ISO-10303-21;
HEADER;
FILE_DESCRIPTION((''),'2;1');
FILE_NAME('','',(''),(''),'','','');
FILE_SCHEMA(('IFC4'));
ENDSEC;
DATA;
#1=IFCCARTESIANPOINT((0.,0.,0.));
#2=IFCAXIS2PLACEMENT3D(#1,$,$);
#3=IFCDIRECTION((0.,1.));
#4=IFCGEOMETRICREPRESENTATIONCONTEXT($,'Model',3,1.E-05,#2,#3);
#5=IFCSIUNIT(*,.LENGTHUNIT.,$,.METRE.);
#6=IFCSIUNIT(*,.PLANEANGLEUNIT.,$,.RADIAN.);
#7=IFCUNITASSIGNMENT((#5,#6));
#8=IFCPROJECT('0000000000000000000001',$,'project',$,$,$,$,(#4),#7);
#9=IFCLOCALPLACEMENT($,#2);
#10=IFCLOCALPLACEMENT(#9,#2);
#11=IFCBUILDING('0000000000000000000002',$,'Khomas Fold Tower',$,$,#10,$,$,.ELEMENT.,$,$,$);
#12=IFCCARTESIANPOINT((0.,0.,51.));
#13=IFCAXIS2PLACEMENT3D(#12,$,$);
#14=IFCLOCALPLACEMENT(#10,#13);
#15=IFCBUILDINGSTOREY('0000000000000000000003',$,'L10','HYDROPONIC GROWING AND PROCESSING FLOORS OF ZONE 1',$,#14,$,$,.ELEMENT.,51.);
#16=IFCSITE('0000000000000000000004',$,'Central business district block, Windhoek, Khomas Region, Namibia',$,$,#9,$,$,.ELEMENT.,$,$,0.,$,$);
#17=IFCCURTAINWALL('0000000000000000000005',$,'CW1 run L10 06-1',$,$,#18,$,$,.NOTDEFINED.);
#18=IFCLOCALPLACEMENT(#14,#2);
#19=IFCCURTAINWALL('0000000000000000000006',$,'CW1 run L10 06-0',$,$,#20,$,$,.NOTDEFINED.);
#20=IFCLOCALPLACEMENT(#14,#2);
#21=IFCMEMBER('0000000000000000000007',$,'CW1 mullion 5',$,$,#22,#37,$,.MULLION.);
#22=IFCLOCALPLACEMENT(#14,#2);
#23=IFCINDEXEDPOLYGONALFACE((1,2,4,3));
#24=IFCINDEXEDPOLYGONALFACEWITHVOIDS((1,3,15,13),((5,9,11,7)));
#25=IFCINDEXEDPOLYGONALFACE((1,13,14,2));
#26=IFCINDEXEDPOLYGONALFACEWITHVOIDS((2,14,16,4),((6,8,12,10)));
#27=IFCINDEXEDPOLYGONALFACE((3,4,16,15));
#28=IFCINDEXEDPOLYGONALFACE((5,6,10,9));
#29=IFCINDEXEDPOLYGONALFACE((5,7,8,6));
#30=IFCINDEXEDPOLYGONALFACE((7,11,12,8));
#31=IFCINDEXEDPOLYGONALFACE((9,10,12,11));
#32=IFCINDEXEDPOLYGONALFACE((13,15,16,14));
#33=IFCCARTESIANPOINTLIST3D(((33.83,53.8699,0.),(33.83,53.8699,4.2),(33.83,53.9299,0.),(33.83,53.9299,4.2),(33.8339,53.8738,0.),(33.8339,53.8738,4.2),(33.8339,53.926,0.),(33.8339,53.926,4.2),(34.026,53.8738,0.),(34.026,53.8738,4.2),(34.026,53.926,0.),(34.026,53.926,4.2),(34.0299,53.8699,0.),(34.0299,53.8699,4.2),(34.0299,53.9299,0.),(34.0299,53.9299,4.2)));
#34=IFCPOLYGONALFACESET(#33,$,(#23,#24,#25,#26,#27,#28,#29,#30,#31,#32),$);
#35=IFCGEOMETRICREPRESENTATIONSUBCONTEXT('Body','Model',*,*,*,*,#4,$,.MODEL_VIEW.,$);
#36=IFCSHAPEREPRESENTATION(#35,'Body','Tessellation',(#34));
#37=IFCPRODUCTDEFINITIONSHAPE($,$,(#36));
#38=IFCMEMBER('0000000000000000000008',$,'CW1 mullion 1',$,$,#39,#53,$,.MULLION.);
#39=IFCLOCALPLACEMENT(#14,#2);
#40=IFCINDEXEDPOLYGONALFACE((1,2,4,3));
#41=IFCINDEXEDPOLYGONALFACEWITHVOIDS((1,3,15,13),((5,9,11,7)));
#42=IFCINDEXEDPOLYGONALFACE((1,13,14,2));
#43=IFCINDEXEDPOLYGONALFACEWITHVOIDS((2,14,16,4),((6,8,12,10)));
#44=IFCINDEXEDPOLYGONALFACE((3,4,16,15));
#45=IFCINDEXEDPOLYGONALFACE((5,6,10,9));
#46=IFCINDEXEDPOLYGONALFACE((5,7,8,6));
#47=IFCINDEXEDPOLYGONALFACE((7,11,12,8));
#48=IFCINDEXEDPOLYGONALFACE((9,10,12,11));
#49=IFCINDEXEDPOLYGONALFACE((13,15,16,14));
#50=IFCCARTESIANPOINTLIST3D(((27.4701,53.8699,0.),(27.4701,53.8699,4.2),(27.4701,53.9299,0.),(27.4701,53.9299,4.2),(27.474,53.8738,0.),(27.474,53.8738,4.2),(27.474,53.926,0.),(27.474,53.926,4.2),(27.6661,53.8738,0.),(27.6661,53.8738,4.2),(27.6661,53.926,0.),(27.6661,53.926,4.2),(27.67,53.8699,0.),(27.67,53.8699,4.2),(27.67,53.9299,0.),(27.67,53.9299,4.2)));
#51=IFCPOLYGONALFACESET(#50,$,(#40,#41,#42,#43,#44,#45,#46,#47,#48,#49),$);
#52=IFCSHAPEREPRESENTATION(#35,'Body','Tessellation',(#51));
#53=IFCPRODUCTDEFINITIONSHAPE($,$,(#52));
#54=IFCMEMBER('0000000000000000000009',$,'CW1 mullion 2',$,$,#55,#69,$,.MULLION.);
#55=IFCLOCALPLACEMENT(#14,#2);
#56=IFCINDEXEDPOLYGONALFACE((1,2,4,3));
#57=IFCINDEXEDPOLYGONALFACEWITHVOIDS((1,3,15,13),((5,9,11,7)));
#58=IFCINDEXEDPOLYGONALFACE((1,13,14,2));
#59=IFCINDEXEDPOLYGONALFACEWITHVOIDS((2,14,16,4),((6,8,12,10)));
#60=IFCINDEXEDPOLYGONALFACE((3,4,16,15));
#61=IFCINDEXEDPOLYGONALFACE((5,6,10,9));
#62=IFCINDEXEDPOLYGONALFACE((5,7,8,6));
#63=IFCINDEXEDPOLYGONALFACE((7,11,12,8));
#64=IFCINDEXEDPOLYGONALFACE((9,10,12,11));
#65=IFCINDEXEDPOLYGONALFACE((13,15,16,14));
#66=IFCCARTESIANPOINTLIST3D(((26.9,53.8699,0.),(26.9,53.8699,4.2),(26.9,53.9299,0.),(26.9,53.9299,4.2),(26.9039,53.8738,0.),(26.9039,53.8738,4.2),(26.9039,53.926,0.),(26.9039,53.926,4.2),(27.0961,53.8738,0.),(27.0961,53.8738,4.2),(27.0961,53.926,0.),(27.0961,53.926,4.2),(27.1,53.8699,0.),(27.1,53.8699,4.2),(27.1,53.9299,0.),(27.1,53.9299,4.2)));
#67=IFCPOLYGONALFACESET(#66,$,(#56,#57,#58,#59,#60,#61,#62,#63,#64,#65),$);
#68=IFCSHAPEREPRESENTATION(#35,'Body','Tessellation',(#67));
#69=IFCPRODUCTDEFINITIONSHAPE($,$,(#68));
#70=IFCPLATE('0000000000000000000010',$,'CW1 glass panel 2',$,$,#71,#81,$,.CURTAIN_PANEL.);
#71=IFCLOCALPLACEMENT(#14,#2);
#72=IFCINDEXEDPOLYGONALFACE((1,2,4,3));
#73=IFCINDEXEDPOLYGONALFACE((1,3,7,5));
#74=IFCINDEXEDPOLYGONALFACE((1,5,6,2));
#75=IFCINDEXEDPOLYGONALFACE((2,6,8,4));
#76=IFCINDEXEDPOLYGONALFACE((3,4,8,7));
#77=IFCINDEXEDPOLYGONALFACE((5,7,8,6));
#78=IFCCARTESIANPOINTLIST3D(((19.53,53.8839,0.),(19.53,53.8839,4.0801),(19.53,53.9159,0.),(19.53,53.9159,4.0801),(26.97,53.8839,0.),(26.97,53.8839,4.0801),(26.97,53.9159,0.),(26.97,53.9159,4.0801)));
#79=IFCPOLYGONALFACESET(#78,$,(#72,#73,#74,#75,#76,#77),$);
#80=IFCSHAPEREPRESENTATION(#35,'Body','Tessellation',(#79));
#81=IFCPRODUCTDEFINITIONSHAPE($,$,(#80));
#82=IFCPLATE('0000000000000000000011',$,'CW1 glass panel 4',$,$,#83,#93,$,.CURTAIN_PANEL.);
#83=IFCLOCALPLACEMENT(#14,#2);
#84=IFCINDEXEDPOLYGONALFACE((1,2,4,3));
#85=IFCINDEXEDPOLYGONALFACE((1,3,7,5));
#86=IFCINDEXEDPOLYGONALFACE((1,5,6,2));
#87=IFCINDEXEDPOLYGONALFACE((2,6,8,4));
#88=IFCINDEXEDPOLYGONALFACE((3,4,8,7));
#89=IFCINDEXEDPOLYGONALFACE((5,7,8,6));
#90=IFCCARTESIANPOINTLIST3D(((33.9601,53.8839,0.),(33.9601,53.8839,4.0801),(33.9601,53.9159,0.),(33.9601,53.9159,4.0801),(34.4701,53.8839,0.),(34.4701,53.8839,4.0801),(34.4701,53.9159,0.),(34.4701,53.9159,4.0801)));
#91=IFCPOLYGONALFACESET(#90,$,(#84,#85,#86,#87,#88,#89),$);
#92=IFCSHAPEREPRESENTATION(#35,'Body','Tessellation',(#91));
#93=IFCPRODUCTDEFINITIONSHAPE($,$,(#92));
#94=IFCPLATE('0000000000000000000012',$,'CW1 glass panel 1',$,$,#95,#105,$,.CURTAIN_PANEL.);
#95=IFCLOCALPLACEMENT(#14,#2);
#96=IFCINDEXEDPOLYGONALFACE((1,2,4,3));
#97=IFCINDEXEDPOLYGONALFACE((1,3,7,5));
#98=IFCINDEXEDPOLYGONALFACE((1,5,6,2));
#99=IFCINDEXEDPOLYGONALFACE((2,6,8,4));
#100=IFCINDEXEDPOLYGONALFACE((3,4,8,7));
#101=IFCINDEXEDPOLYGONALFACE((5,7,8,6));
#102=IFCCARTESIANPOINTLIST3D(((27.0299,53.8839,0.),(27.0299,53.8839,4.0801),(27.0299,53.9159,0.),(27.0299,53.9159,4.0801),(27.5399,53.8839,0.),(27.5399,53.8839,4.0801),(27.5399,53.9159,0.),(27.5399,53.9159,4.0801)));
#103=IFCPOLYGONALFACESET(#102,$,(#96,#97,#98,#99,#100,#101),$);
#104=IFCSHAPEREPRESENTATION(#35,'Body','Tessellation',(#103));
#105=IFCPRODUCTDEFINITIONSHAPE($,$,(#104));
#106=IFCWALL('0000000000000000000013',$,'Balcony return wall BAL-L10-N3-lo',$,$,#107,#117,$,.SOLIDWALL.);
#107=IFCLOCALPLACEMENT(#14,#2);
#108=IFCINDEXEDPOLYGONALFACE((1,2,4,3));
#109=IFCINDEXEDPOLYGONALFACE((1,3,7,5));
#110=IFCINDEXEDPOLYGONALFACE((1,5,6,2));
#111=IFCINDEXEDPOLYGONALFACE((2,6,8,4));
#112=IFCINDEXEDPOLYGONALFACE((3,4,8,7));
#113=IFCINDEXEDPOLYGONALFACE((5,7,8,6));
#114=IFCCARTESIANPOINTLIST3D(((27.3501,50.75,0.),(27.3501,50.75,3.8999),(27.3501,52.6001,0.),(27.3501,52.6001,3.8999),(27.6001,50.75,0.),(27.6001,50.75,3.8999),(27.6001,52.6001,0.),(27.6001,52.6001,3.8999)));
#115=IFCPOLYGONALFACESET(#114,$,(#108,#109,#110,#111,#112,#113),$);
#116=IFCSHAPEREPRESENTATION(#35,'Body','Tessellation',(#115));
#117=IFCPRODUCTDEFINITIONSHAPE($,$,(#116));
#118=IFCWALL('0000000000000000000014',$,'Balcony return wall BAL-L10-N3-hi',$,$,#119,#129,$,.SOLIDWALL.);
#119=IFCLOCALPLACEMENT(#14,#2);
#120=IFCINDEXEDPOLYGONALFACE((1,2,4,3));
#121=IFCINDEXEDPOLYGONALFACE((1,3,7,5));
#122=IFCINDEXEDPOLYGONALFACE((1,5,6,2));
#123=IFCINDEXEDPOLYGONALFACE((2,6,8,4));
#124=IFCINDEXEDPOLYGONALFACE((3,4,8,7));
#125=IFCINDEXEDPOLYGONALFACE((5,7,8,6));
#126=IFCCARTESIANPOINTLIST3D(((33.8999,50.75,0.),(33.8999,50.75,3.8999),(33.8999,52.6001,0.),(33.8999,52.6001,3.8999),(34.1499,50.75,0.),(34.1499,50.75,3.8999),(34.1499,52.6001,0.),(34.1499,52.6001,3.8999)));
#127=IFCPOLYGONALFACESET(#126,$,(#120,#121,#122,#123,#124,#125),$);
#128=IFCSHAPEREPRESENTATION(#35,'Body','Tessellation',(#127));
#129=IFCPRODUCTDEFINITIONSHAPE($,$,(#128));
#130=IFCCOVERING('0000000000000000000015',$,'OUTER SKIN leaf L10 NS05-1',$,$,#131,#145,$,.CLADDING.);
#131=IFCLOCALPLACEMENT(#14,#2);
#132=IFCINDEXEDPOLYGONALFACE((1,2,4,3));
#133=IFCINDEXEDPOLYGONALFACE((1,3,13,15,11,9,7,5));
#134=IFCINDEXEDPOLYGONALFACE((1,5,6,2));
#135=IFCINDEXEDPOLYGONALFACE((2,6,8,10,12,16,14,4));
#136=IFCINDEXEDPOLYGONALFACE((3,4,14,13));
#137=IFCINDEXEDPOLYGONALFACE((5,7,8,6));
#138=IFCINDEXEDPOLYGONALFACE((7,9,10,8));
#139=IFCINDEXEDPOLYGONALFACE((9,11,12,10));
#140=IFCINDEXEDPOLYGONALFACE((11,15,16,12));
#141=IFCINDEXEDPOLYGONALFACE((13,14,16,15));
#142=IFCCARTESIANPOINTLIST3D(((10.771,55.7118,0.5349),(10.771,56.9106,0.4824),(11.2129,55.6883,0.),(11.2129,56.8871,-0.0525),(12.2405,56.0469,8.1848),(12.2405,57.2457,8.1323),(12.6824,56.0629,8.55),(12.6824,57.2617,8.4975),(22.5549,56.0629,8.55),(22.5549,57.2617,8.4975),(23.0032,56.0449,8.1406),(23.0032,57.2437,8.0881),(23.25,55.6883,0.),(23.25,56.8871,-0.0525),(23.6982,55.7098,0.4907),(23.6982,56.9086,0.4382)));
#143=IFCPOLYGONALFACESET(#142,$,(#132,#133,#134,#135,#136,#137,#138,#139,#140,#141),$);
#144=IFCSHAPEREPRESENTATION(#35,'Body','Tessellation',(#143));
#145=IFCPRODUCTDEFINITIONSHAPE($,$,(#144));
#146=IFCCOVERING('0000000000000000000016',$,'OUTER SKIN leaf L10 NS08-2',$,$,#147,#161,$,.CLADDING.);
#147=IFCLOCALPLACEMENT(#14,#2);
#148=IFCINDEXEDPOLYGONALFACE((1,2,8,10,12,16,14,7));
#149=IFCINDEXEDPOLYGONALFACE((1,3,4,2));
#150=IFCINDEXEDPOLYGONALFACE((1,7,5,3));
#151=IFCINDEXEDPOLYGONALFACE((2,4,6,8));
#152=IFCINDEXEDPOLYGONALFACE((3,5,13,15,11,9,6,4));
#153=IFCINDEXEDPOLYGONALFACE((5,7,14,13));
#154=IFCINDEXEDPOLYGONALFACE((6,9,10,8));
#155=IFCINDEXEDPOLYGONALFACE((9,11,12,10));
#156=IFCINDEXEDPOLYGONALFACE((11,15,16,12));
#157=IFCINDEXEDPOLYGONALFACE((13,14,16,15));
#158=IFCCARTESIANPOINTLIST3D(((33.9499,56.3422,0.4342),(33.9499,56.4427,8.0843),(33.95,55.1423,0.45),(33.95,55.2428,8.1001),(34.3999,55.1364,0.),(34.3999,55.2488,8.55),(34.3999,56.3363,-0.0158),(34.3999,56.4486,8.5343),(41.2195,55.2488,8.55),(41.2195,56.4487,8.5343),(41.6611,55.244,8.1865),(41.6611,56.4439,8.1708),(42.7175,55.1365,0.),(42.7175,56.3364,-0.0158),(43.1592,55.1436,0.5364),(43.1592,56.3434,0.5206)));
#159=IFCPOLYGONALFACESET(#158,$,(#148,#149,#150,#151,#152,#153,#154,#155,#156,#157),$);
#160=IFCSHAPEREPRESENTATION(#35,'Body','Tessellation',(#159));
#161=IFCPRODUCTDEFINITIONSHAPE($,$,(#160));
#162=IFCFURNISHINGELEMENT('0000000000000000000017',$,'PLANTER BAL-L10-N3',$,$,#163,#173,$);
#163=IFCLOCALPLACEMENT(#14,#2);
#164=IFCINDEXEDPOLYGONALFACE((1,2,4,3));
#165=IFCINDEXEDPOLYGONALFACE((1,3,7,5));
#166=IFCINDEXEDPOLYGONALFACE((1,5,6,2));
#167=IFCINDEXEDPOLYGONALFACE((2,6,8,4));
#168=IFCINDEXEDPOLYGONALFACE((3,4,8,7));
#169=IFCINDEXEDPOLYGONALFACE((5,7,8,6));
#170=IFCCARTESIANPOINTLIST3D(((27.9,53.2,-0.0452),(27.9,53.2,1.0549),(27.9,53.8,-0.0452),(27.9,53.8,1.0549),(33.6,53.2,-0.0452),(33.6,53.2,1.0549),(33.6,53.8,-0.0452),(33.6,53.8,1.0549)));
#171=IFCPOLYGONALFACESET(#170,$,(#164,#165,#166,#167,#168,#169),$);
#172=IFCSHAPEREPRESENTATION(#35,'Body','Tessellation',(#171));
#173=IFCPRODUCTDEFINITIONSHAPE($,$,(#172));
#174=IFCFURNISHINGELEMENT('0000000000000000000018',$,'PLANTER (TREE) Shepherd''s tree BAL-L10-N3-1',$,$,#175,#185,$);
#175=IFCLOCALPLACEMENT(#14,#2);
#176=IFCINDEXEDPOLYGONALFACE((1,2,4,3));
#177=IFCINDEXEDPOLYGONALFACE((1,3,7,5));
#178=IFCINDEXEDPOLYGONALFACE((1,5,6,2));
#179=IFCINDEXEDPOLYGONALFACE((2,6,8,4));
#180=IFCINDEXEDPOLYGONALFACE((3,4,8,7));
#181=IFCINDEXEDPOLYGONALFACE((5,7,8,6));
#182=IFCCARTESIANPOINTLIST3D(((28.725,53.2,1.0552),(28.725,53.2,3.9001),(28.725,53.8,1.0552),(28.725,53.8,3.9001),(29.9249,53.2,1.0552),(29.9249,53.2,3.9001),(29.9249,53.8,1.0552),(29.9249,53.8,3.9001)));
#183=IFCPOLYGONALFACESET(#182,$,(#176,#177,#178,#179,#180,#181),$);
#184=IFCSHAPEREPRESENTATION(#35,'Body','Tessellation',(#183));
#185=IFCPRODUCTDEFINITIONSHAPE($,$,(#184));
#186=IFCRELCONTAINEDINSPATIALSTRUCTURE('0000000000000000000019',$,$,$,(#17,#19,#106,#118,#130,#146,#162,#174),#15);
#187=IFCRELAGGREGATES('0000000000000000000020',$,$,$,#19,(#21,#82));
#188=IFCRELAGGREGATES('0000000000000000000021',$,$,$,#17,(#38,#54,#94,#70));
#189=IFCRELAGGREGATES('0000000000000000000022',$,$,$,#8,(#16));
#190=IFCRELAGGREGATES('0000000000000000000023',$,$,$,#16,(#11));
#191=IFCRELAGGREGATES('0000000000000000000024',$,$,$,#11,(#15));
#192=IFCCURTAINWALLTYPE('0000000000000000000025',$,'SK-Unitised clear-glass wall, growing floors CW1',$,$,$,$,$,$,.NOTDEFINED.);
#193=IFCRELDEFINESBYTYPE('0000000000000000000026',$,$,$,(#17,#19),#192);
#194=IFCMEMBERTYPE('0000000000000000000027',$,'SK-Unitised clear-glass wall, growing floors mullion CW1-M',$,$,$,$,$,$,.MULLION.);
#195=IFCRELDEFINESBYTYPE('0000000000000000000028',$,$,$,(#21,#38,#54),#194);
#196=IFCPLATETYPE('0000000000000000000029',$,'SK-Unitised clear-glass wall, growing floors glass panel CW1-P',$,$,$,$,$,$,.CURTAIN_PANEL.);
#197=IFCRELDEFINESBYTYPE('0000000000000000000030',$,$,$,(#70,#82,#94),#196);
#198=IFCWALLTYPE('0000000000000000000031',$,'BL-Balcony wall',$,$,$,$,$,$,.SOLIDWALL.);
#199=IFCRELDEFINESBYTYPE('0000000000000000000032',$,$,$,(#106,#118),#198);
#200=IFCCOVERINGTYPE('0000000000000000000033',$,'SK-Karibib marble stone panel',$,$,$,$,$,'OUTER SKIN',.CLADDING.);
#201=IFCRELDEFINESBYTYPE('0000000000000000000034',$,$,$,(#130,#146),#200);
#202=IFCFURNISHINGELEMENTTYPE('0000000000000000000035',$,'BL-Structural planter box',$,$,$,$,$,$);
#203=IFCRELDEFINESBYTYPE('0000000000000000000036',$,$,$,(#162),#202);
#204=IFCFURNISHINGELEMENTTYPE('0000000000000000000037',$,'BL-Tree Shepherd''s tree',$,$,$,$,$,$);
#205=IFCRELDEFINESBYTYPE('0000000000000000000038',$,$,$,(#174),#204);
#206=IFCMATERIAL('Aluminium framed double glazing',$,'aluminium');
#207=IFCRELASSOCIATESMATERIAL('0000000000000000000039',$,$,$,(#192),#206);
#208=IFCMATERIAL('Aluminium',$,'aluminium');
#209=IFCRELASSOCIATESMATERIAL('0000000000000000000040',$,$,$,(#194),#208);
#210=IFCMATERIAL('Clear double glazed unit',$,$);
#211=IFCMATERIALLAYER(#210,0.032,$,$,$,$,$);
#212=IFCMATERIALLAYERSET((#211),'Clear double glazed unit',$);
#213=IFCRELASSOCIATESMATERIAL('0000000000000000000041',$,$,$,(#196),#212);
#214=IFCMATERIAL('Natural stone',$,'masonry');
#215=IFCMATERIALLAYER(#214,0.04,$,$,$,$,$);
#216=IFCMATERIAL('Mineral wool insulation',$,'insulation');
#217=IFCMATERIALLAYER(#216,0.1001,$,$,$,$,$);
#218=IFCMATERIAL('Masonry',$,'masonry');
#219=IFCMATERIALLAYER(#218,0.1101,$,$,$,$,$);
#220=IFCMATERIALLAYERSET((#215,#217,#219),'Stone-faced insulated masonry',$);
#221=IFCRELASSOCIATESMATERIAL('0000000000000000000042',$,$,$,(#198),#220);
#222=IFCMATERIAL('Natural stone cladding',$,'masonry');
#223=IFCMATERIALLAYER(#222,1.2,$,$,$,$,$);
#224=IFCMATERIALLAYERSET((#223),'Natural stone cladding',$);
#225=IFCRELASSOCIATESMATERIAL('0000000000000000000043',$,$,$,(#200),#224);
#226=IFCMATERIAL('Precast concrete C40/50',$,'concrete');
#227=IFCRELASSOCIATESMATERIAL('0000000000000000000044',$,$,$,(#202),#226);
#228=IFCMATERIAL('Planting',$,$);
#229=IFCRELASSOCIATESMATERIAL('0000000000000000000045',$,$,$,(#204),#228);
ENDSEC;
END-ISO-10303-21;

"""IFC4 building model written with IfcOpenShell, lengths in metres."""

from ifc_helpers import new_model, si_unit, direction, frame, frame_2d, origin, origin_2d, place, context, subcontext, project, spatial, polyline, rectangle, hollow_rectangle, outline, extrude, source, transform, mapped, material, layer, layer_set, material_profile, profile_set, type_object, element, aggregate, save


model = new_model("IFC4")

# Units and contexts
model_context = context("Model", 3, precision=1e-05, world=origin(), true_north=direction((0.0, 1.0)))
body_context = subcontext(model_context, "Body", "Model", "MODEL_VIEW")
ifc_project = project(units=[si_unit("LENGTHUNIT", "METRE"), si_unit("PLANEANGLEUNIT", "RADIAN")], contexts=[model_context])

# Site, building, storey
site_placement = place(None, origin())
site = spatial("IfcSite", under=ifc_project, at=site_placement, Name="Central business district block, Windhoek, Khomas Region, Namibia", CompositionType="ELEMENT", RefElevation=0.0)
building_placement = place(site_placement, origin())
building = spatial("IfcBuilding", under=site, at=building_placement, Name="Khomas Fold Tower", CompositionType="ELEMENT")
storey_placement = place(building_placement, frame((0.0, 0.0, 51.0)))
storey = spatial("IfcBuildingStorey", under=building, at=storey_placement, Name="L10", Description="HYDROPONIC GROWING AND PROCESSING FLOORS OF ZONE 1", CompositionType="ELEMENT", Elevation=51.0)

# Curtain walls
ifc_material_1 = material(Name="Aluminium framed double glazing", Category="aluminium")
curtain_wall_type = type_object("IfcCurtainWallType", Name="SK-Unitised clear-glass wall, growing floors CW1", PredefinedType="NOTDEFINED", material=ifc_material_1)
curtain_wall_1_placement = place(storey_placement, origin())
curtain_wall_1 = element("IfcCurtainWall", 1, at=curtain_wall_1_placement, inside=storey, type_object=curtain_wall_type, Name="CW1 run L10 06-1", PredefinedType="NOTDEFINED")
curtain_wall_2_placement = place(storey_placement, origin())
curtain_wall_2 = element("IfcCurtainWall", 2, at=curtain_wall_2_placement, inside=storey, type_object=curtain_wall_type, Name="CW1 run L10 06-0", PredefinedType="NOTDEFINED")

# Members
ifc_material_2 = material(Name="Aluminium", Category="aluminium")
ifc_material_profile_1 = material_profile(ifc_material_2, hollow_rectangle(XDim=0.0601, YDim=0.2, WallThickness=0.0039, at=origin_2d()), Name="SK-Unitised clear-glass wall, growing floors mullion CW1-M")
ifc_profile_set_1 = profile_set([ifc_material_profile_1], Name="Aluminium")
member_type_1 = type_object("IfcMemberType", Name="SK-Unitised clear-glass wall, growing floors mullion CW1-M", PredefinedType="MULLION", material=ifc_profile_set_1)
shared_shape_1 = source(origin(), body_context, "Body", "SweptSolid", [
    extrude(hollow_rectangle(XDim=0.0601, YDim=0.2, WallThickness=0.0039, at=origin_2d()), origin(), (0.0, 0.0, 1.0), 4.2),
])
member_1_placement = place(storey_placement, frame((33.9299, 53.8999, 0.0), z_axis=(0.0, 0.0, 1.0), x_axis=(0.0, -1.0, 0.0)))
member_1 = element("IfcMember", 3, at=member_1_placement, type_object=member_type_1, Name="CW1 mullion 5", PredefinedType="MULLION", context=body_context, shape_type="MappedRepresentation", body=[
    mapped(shared_shape_1, transform((0.0, 0.0, 0.0))),
])
member_2_placement = place(storey_placement, frame((27.5701, 53.8999, 0.0), z_axis=(0.0, 0.0, 1.0), x_axis=(0.0, -1.0, 0.0)))
member_2 = element("IfcMember", 4, at=member_2_placement, type_object=member_type_1, Name="CW1 mullion 1", PredefinedType="MULLION", context=body_context, shape_type="MappedRepresentation", body=[
    mapped(shared_shape_1, transform((0.0, 0.0, 0.0))),
])
member_3_placement = place(storey_placement, frame((27.0, 53.8999, 0.0), z_axis=(0.0, 0.0, 1.0), x_axis=(0.0, -1.0, 0.0)))
member_3 = element("IfcMember", 5, at=member_3_placement, type_object=member_type_1, Name="CW1 mullion 2", PredefinedType="MULLION", context=body_context, shape_type="MappedRepresentation", body=[
    mapped(shared_shape_1, transform((0.0, 0.0, 0.0))),
])

# Plates
ifc_material_3 = material(Name="Clear double glazed unit")
ifc_layer_1 = layer(ifc_material_3, 0.032)
ifc_layer_set_1 = layer_set([ifc_layer_1], Name="Clear double glazed unit")
plate_type = type_object("IfcPlateType", Name="SK-Unitised clear-glass wall, growing floors glass panel CW1-P", PredefinedType="CURTAIN_PANEL", material=ifc_layer_set_1)
shared_shape_2 = source(origin(), body_context, "Body", "SweptSolid", [
    extrude(rectangle(XDim=7.4399, YDim=0.032, at=origin_2d()), origin(), (0.0, 0.0, 1.0), 4.0801),
])
plate_1_placement = place(storey_placement, frame((23.25, 53.8999, 0.0), z_axis=(0.0, 0.0, 1.0), x_axis=(-1.0, 0.0, 0.0)))
plate_1 = element("IfcPlate", 6, at=plate_1_placement, type_object=plate_type, Name="CW1 glass panel 2", PredefinedType="CURTAIN_PANEL", context=body_context, shape_type="MappedRepresentation", body=[
    mapped(shared_shape_2, transform((0.0, 0.0, 0.0))),
])
shared_shape_3 = source(origin(), body_context, "Body", "SweptSolid", [
    extrude(rectangle(XDim=0.51, YDim=0.032, at=origin_2d()), origin(), (0.0, 0.0, 1.0), 4.0801),
])
plate_2_placement = place(storey_placement, frame((34.2151, 53.8999, 0.0), z_axis=(0.0, 0.0, 1.0), x_axis=(-1.0, 0.0, 0.0)))
plate_2 = element("IfcPlate", 7, at=plate_2_placement, type_object=plate_type, Name="CW1 glass panel 4", PredefinedType="CURTAIN_PANEL", context=body_context, shape_type="MappedRepresentation", body=[
    mapped(shared_shape_3, transform((0.0, 0.0, 0.0))),
])
aggregate(curtain_wall_2, [member_1, plate_2])
plate_3_placement = place(storey_placement, frame((27.2849, 53.8999, 0.0), z_axis=(0.0, 0.0, 1.0), x_axis=(-1.0, 0.0, 0.0)))
plate_3 = element("IfcPlate", 8, at=plate_3_placement, type_object=plate_type, Name="CW1 glass panel 1", PredefinedType="CURTAIN_PANEL", context=body_context, shape_type="MappedRepresentation", body=[
    mapped(shared_shape_3, transform((0.0, 0.0, 0.0))),
])
aggregate(curtain_wall_1, [member_2, member_3, plate_3, plate_1])

# Walls
ifc_material_4 = material(Name="Natural stone", Category="masonry")
ifc_layer_2 = layer(ifc_material_4, 0.04)
ifc_material_5 = material(Name="Mineral wool insulation", Category="insulation")
ifc_layer_3 = layer(ifc_material_5, 0.1001)
ifc_material_6 = material(Name="Masonry", Category="masonry")
ifc_layer_4 = layer(ifc_material_6, 0.1101)
ifc_layer_set_2 = layer_set([ifc_layer_2, ifc_layer_3, ifc_layer_4], Name="Stone-faced insulated masonry")
wall_type = type_object("IfcWallType", Name="BL-Balcony wall", PredefinedType="SOLIDWALL", material=ifc_layer_set_2)
shared_shape_4 = source(origin(), body_context, "Body", "SweptSolid", [
    extrude(rectangle(XDim=1.8501, YDim=0.25, at=frame_2d((0.925, 0.0))), origin(), (0.0, 0.0, 1.0), 3.8999),
])
for number, where, z_axis, x_axis, name in (
    (9, (27.4751, 52.6001, 0.0), (0.0, 0.0, 1.0), (0.0, -1.0, 0.0), "Balcony return wall BAL-L10-N3-lo"),
    (10, (34.0249, 52.6001, 0.0), (0.0, 0.0, 1.0), (0.0, -1.0, 0.0), "Balcony return wall BAL-L10-N3-hi"),
):
    element("IfcWall", number, at=place(storey_placement, frame(where, z_axis=z_axis, x_axis=x_axis)), inside=storey, type_object=wall_type, Name=name, PredefinedType="SOLIDWALL", context=body_context, shape_type="MappedRepresentation", body=[
        mapped(shared_shape_4, transform((0.0, 0.0, 0.0))),
    ])

# Coverings
ifc_material_7 = material(Name="Natural stone cladding", Category="masonry")
ifc_layer_5 = layer(ifc_material_7, 1.2)
ifc_layer_set_3 = layer_set([ifc_layer_5], Name="Natural stone cladding")
covering_type = type_object("IfcCoveringType", Name="SK-Karibib marble stone panel", ElementType="OUTER SKIN", PredefinedType="CLADDING", material=ifc_layer_set_3)
covering_1_placement = place(storey_placement, frame((23.0032, 56.0449, 8.1406), z_axis=(-0.000001, -0.999042, 0.043762), x_axis=(0.090401, -0.043583, -0.994951)))
element("IfcCovering", 11, at=covering_1_placement, inside=storey, type_object=covering_type, Name="OUTER SKIN leaf L10 NS05-1", PredefinedType="CLADDING", context=body_context, shape_type="SweptSolid", body=[
    extrude(outline(polyline([(0.0, 0.0), (7.6887, 0.0), (8.1374, -0.4908), (7.0492, -12.4786), (6.476, -12.8703), (-1.017, -10.7146), (-1.3411, -10.2415), (-0.4487, -0.4094), (0.0, 0.0)])), origin(), (0.0, 0.0, -1.0), 1.2),
])
covering_2_placement = place(storey_placement, frame((33.95, 55.1423, 0.45), z_axis=(0.00001, -0.999914, 0.013136), x_axis=(0.0, 0.013136, 0.999914)))
element("IfcCovering", 12, at=covering_2_placement, inside=storey, type_object=covering_type, Name="OUTER SKIN leaf L10 NS08-2", PredefinedType="CLADDING", context=body_context, shape_type="SweptSolid", body=[
    extrude(outline(polyline([(0.0, 0.0), (7.6508, 0.0), (8.1008, -0.45), (8.1008, -7.2695), (7.7372, -7.7112), (0.0864, -9.2092), (-0.45, -8.7676), (-0.45, -0.45), (0.0, 0.0)])), origin(), (0.0, 0.0, -1.0), 1.2),
])

# Furnishing elements
ifc_material_8 = material(Name="Precast concrete C40/50", Category="concrete")
furnishing_element_type_1 = type_object("IfcFurnishingElementType", Name="BL-Structural planter box", material=ifc_material_8)
shared_shape_5 = source(origin(), body_context, "Body", "SweptSolid", [
    extrude(rectangle(XDim=5.7, YDim=0.6001, at=origin_2d()), origin(), (0.0, 0.0, 1.0), 1.1001),
])
furnishing_1_placement = place(storey_placement, frame((30.75, 53.5, -0.0452), z_axis=(0.0, 0.0, 1.0), x_axis=(1.0, 0.0, 0.0)))
element("IfcFurnishingElement", 13, at=furnishing_1_placement, inside=storey, type_object=furnishing_element_type_1, Name="PLANTER BAL-L10-N3", context=body_context, shape_type="MappedRepresentation", body=[
    mapped(shared_shape_5, transform((0.0, 0.0, 0.0))),
])
ifc_material_9 = material(Name="Planting")
furnishing_element_type_2 = type_object("IfcFurnishingElementType", Name="BL-Tree Shepherd's tree", material=ifc_material_9)
shared_shape_6 = source(origin(), body_context, "Body", "SweptSolid", [
    extrude(rectangle(XDim=1.2, YDim=0.6001, at=origin_2d()), origin(), (0.0, 0.0, 1.0), 2.845),
])
furnishing_2_placement = place(storey_placement, frame((29.325, 53.5, 1.0552), z_axis=(0.0, 0.0, 1.0), x_axis=(1.0, 0.0, 0.0)))
element("IfcFurnishingElement", 14, at=furnishing_2_placement, inside=storey, type_object=furnishing_element_type_2, Name="PLANTER (TREE) Shepherd's tree BAL-L10-N3-1", context=body_context, shape_type="MappedRepresentation", body=[
    mapped(shared_shape_6, transform((0.0, 0.0, 0.0))),
])

save(model, "model.ifc")
